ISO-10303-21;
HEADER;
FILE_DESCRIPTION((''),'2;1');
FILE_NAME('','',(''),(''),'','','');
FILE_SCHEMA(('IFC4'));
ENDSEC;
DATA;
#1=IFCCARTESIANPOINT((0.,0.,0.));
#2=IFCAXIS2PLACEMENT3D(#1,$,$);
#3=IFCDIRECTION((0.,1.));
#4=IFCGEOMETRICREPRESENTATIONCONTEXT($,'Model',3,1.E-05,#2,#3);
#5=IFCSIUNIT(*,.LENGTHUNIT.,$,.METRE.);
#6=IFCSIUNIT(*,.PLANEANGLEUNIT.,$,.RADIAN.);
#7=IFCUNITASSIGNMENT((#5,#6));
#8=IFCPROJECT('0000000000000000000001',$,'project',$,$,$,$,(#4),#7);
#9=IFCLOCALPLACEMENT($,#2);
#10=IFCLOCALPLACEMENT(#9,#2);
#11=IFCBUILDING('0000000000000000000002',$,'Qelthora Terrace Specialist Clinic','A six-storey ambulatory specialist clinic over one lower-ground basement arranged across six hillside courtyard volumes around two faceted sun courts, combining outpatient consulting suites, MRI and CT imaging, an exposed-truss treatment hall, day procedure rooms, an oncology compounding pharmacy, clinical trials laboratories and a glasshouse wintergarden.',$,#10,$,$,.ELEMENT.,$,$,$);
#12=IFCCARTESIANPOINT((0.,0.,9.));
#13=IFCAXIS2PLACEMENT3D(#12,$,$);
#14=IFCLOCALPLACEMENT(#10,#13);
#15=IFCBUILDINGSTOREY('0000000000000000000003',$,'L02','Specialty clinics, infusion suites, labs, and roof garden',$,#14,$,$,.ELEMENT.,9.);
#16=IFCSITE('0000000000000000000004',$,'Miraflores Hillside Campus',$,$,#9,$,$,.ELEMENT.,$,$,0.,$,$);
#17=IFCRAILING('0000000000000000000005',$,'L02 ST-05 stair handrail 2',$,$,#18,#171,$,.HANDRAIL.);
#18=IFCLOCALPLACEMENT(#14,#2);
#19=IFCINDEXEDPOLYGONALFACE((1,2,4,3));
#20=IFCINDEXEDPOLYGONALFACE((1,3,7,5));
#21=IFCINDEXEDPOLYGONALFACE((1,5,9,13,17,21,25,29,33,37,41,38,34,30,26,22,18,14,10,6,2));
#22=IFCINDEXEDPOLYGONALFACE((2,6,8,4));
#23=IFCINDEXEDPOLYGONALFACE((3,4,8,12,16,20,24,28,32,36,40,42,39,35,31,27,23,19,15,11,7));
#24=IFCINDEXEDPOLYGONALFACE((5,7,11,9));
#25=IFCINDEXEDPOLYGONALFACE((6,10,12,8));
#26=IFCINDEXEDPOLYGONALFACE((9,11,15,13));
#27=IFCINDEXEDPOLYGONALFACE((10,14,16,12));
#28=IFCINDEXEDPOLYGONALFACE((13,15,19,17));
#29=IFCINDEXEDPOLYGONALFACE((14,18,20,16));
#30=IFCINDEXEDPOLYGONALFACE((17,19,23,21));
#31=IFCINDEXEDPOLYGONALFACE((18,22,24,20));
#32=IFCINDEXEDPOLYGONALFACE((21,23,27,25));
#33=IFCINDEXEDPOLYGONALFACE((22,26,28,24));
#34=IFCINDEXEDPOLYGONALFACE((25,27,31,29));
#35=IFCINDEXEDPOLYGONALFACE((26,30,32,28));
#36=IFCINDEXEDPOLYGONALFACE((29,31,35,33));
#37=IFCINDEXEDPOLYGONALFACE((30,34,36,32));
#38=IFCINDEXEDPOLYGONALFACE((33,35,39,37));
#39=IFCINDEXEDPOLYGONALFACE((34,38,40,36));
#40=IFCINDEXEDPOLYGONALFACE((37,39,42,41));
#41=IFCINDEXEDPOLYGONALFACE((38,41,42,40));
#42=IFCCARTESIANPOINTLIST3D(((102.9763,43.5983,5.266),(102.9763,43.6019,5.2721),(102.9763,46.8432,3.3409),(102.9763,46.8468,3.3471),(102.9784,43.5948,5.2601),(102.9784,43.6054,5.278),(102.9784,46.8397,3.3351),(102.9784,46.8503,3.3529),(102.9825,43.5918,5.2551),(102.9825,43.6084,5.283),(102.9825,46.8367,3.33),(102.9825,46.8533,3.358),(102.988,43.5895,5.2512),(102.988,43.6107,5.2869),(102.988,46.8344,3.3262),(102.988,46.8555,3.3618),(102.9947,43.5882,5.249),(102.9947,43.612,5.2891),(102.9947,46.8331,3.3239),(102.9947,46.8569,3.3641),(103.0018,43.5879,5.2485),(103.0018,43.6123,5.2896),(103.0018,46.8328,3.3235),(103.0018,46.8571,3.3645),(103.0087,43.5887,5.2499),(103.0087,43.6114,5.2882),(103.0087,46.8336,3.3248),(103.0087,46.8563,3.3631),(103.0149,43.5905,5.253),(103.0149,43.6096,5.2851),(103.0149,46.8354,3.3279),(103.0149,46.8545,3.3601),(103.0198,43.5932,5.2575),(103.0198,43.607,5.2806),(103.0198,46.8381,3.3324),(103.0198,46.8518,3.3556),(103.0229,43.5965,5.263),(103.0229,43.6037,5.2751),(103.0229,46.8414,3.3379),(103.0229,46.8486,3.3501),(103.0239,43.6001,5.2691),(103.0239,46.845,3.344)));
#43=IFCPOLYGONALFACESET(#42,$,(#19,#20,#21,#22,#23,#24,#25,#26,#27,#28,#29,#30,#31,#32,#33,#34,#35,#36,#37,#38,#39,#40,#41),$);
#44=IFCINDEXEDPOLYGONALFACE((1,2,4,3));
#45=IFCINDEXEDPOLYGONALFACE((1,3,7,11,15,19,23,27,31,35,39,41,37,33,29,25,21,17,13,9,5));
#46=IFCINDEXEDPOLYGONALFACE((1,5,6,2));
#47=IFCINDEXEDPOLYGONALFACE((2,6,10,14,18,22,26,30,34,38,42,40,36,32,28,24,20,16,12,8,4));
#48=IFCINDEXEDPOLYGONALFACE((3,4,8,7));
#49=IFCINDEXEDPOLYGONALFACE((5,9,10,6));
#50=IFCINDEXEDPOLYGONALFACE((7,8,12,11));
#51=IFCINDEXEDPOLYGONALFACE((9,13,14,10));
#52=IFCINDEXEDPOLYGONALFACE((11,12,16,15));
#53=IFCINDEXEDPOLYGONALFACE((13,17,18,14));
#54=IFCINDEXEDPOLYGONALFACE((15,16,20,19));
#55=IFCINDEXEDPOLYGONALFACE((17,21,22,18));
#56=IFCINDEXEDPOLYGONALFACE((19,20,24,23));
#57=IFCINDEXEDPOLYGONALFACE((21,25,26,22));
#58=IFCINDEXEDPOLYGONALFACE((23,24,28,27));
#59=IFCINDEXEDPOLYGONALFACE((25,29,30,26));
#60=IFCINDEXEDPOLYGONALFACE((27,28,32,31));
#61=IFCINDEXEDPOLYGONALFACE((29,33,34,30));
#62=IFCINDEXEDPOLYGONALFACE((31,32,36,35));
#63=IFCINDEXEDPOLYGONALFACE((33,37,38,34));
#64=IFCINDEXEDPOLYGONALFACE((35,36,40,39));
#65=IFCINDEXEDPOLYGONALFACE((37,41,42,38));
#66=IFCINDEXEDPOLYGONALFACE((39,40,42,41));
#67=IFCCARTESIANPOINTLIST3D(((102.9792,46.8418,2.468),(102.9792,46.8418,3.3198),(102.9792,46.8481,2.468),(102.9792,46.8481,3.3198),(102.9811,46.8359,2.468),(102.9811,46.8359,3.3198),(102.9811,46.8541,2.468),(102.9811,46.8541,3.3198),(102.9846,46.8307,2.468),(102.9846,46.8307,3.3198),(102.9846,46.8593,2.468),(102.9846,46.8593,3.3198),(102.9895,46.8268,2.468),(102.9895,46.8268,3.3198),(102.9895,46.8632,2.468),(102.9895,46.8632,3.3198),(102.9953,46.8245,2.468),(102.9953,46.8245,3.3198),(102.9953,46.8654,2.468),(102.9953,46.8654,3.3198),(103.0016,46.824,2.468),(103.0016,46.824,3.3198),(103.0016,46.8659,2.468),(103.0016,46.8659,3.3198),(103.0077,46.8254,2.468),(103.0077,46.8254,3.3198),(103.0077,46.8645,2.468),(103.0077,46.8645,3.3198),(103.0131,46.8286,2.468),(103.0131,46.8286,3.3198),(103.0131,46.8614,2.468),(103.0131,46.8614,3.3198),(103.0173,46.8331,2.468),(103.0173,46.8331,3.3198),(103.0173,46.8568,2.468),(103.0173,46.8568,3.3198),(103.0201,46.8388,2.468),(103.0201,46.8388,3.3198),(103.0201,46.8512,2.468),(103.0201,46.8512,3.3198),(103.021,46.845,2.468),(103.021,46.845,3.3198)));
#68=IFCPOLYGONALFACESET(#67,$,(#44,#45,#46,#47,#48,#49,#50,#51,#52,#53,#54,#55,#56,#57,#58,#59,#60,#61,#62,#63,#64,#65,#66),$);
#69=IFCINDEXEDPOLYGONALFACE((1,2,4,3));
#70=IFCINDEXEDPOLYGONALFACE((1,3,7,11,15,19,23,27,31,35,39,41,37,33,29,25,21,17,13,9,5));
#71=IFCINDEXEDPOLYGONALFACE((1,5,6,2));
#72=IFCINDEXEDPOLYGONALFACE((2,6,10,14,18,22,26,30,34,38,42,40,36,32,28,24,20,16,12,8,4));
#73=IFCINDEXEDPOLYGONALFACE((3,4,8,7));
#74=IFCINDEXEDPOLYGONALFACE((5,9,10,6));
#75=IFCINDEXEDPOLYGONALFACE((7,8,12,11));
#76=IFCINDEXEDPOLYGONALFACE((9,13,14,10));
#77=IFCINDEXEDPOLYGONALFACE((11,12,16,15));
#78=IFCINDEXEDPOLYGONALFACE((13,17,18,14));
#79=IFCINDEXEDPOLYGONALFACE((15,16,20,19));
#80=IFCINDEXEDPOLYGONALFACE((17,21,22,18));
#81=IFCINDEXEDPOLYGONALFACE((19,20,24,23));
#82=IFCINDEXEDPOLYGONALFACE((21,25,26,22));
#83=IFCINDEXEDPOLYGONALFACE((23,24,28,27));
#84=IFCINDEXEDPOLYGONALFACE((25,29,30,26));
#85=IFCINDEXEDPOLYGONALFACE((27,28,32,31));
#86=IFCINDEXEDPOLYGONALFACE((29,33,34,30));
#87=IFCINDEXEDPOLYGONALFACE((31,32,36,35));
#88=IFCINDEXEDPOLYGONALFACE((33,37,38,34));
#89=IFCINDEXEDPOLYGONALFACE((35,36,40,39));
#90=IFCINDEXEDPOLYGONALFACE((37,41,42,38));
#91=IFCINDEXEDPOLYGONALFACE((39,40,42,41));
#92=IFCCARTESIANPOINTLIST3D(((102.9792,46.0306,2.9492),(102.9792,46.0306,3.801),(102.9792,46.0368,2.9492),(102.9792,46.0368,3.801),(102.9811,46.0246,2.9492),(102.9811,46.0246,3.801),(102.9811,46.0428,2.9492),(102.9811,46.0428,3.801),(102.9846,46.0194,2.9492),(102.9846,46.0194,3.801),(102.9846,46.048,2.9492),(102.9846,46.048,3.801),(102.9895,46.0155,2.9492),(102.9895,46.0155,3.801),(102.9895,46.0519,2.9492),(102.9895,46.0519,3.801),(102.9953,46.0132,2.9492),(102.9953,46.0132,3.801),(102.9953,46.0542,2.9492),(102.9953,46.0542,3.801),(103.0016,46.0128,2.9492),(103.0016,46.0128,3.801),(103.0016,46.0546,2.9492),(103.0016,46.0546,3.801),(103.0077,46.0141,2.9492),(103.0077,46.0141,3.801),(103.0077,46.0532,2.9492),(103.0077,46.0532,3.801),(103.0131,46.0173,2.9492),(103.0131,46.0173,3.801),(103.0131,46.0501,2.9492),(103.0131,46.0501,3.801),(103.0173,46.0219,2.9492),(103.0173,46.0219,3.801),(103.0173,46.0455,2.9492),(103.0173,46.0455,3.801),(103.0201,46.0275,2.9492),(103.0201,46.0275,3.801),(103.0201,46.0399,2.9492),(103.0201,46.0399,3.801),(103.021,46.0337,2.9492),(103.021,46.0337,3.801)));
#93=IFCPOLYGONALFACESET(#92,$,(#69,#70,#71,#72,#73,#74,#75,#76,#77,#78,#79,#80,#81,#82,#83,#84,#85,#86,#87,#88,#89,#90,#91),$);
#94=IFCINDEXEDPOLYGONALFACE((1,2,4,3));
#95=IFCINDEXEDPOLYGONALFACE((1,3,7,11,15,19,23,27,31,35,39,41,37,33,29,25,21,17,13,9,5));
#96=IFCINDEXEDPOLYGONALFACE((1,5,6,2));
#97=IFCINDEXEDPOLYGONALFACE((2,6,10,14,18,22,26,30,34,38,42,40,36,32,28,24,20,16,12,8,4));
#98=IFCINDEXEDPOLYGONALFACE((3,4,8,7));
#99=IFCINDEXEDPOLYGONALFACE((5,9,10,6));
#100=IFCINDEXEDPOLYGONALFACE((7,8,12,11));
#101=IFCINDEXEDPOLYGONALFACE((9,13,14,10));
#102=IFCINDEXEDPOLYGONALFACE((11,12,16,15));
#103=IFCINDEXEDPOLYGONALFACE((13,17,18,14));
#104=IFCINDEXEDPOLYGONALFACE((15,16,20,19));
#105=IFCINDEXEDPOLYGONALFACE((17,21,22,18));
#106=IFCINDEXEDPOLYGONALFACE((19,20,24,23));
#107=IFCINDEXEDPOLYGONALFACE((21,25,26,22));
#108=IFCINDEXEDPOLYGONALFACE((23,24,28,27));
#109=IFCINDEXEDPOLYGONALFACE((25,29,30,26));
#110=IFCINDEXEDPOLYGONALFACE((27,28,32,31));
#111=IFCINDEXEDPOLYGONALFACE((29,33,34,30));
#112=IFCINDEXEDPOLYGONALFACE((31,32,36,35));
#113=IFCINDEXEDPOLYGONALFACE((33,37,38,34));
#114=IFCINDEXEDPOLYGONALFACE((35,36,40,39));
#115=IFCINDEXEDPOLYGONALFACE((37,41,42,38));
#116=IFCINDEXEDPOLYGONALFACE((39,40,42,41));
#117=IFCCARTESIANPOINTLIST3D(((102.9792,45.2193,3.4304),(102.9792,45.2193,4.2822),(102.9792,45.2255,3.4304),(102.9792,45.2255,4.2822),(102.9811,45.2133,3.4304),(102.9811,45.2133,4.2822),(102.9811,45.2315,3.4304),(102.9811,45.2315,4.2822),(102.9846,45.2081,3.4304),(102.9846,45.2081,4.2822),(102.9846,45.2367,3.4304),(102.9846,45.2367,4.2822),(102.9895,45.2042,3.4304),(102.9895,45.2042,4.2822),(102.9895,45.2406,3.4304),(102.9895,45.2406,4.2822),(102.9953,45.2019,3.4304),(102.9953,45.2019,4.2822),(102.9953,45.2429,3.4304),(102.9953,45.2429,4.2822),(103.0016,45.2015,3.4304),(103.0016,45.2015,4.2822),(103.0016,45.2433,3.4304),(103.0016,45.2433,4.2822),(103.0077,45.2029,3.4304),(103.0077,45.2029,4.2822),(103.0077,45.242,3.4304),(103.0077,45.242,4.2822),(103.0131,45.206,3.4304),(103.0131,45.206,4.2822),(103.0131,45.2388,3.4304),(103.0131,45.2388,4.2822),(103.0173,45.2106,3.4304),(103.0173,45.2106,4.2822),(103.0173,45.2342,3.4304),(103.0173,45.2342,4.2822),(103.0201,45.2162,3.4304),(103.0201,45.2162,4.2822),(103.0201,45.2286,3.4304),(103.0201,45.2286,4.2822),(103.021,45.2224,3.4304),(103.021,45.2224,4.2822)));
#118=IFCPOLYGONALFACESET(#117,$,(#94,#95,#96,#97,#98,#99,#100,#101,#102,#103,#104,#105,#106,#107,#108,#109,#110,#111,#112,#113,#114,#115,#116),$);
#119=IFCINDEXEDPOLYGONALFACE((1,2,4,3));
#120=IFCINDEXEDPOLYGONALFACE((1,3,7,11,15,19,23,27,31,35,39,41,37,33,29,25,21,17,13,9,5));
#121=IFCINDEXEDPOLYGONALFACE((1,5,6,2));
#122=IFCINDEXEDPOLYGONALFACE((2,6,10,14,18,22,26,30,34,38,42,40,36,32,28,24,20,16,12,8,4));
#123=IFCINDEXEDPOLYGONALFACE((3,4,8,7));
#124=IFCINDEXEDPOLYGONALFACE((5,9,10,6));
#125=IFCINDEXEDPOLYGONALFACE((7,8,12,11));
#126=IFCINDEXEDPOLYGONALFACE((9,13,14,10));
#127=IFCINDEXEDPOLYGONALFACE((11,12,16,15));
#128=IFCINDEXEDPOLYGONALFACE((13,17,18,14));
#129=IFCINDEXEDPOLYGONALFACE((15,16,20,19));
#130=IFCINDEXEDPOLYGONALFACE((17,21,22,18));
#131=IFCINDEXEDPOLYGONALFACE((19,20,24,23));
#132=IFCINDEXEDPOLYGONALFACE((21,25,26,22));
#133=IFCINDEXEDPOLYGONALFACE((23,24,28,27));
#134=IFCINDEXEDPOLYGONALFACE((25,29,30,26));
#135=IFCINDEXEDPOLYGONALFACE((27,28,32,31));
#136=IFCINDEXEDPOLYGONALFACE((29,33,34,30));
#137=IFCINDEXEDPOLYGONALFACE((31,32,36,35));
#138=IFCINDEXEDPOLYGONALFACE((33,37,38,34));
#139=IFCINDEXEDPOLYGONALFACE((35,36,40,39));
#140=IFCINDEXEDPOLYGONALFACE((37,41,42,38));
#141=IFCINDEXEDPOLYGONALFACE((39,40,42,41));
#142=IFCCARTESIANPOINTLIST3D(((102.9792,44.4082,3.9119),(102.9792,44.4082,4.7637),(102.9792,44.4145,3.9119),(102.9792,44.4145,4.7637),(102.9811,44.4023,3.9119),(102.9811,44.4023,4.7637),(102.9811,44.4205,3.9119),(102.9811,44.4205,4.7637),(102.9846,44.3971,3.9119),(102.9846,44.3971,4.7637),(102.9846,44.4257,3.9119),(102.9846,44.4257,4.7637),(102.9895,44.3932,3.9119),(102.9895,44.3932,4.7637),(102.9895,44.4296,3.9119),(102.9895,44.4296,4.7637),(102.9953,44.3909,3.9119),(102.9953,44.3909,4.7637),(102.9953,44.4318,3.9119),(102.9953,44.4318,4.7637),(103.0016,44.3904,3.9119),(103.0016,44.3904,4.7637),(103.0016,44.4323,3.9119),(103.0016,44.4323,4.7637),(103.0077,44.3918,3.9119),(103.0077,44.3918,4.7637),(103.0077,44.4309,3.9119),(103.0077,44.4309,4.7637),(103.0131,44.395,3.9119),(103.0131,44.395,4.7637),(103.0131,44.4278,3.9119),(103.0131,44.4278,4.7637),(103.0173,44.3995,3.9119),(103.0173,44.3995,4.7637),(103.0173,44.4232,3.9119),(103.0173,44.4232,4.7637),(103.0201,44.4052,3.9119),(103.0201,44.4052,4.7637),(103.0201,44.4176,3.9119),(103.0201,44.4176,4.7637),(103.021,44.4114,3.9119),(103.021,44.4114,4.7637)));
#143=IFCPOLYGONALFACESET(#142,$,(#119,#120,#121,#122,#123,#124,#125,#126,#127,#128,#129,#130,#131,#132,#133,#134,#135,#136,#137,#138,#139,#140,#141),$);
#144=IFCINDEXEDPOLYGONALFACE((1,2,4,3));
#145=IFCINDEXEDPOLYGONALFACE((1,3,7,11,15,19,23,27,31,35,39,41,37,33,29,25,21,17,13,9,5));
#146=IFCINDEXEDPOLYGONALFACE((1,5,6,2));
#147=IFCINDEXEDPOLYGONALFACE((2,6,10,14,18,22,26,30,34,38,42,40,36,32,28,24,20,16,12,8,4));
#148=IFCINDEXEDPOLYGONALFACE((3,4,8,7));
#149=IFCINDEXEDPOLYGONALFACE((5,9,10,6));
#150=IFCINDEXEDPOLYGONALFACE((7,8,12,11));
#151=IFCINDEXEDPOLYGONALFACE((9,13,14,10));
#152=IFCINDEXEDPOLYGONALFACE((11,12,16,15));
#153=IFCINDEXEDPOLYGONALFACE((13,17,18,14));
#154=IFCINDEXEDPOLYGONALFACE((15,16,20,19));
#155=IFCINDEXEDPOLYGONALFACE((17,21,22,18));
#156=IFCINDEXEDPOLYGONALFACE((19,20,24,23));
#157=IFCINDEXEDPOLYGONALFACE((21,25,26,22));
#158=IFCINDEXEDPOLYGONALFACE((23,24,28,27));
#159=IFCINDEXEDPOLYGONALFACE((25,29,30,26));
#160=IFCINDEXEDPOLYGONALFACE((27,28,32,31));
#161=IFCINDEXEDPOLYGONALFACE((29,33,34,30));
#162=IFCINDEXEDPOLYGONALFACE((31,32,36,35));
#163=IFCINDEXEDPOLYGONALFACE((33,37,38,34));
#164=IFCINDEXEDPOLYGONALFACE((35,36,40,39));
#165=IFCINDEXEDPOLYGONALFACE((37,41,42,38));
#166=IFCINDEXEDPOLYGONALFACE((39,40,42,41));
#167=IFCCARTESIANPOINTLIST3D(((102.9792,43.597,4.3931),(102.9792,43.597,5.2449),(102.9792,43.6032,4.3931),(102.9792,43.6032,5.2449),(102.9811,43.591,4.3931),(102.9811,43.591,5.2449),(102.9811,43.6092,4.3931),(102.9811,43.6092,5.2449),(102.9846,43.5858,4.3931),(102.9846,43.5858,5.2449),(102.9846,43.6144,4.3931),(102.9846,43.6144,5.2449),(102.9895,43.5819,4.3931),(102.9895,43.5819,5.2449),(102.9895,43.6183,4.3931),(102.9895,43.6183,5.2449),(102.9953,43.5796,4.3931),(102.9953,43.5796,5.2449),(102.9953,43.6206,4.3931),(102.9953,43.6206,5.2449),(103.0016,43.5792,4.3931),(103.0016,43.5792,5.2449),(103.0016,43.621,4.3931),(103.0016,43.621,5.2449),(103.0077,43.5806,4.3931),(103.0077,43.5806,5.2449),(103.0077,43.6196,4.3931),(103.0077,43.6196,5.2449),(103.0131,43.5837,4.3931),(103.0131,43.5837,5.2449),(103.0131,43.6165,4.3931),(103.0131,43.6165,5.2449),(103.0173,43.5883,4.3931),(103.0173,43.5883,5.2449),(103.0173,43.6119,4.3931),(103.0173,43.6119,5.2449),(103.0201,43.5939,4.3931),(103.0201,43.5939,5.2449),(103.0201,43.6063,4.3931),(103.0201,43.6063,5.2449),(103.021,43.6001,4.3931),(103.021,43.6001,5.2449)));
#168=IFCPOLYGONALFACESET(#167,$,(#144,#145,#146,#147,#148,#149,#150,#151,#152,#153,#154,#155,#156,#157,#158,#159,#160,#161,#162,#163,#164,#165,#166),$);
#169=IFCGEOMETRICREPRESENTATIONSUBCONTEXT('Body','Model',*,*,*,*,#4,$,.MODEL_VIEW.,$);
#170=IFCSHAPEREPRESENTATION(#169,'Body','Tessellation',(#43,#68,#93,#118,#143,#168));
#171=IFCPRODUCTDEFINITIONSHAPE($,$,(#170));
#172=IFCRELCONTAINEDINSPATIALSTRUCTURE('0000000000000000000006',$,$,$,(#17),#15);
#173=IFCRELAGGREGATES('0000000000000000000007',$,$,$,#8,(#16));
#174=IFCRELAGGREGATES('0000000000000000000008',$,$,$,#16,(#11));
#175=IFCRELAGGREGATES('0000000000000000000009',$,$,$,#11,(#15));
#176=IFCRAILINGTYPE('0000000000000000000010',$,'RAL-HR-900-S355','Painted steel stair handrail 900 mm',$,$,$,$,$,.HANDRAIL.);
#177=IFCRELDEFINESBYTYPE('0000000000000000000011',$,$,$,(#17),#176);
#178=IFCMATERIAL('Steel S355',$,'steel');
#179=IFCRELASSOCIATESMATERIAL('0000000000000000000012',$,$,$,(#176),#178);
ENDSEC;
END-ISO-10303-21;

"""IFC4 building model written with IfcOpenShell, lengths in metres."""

from ifc_helpers import new_model, si_unit, direction, frame, origin, origin_2d, place, context, subcontext, project, spatial, circle, extrude, material, type_object, element, save


model = new_model("IFC4")

# Units and contexts
model_context = context("Model", 3, precision=1e-05, world=origin(), true_north=direction((0.0, 1.0)))
body_context = subcontext(model_context, "Body", "Model", "MODEL_VIEW")
ifc_project = project(units=[si_unit("LENGTHUNIT", "METRE"), si_unit("PLANEANGLEUNIT", "RADIAN")], contexts=[model_context])

# Site, building, storey
site_placement = place(None, origin())
site = spatial("IfcSite", under=ifc_project, at=site_placement, Name="Miraflores Hillside Campus", CompositionType="ELEMENT", RefElevation=0.0)
building_placement = place(site_placement, origin())
building = spatial("IfcBuilding", under=site, at=building_placement, Name="Qelthora Terrace Specialist Clinic", Description="A six-storey ambulatory specialist clinic over one lower-ground basement arranged across six hillside courtyard volumes around two faceted sun courts, combining outpatient consulting suites, MRI and CT imaging, an exposed-truss treatment hall, day procedure rooms, an oncology compounding pharmacy, clinical trials laboratories and a glasshouse wintergarden.", CompositionType="ELEMENT")
storey_placement = place(building_placement, frame((0.0, 0.0, 9.0)))
storey = spatial("IfcBuildingStorey", under=building, at=storey_placement, Name="L02", Description="Specialty clinics, infusion suites, labs, and roof garden", CompositionType="ELEMENT", Elevation=9.0)

# Shared definitions
ifc_material_1 = material(Name="Steel S355", Category="steel")

# Railing
railing_type_1 = type_object("IfcRailingType", Name="RAL-HR-900-S355", Description="Painted steel stair handrail 900 mm", PredefinedType="HANDRAIL", material=ifc_material_1)
railing_1_placement = place(storey_placement, frame((103.0, 46.845, 2.468)))
element("IfcRailing", 1, at=railing_1_placement, inside=storey, type_object=railing_type_1, Name="L02 ST-05 stair handrail 2", PredefinedType="HANDRAIL", context=body_context, shape_type="SweptSolid", body=[
    extrude(circle(Radius=0.0239, at=origin_2d()), frame((0.0, 0.0, 0.876), z_axis=(0.0, -0.86004, 0.510226), x_axis=(1.0, 0.0, 0.0)), (0.0, 0.0, 1.0), 3.7729),
    extrude(circle(Radius=0.021, at=origin_2d()), origin(), (0.0, 0.0, 1.0), 0.8518),
    extrude(circle(Radius=0.021, at=origin_2d()), frame((0.0, -0.8113, 0.4812)), (0.0, 0.0, 1.0), 0.8518),
    extrude(circle(Radius=0.021, at=origin_2d()), frame((0.0, -1.6226, 0.9624)), (0.0, 0.0, 1.0), 0.8518),
    extrude(circle(Radius=0.021, at=origin_2d()), frame((0.0, -2.4336, 1.4438)), (0.0, 0.0, 1.0), 0.8518),
    extrude(circle(Radius=0.021, at=origin_2d()), frame((0.0, -3.2449, 1.925)), (0.0, 0.0, 1.0), 0.8518),
])

save(model, "model.ifc")
